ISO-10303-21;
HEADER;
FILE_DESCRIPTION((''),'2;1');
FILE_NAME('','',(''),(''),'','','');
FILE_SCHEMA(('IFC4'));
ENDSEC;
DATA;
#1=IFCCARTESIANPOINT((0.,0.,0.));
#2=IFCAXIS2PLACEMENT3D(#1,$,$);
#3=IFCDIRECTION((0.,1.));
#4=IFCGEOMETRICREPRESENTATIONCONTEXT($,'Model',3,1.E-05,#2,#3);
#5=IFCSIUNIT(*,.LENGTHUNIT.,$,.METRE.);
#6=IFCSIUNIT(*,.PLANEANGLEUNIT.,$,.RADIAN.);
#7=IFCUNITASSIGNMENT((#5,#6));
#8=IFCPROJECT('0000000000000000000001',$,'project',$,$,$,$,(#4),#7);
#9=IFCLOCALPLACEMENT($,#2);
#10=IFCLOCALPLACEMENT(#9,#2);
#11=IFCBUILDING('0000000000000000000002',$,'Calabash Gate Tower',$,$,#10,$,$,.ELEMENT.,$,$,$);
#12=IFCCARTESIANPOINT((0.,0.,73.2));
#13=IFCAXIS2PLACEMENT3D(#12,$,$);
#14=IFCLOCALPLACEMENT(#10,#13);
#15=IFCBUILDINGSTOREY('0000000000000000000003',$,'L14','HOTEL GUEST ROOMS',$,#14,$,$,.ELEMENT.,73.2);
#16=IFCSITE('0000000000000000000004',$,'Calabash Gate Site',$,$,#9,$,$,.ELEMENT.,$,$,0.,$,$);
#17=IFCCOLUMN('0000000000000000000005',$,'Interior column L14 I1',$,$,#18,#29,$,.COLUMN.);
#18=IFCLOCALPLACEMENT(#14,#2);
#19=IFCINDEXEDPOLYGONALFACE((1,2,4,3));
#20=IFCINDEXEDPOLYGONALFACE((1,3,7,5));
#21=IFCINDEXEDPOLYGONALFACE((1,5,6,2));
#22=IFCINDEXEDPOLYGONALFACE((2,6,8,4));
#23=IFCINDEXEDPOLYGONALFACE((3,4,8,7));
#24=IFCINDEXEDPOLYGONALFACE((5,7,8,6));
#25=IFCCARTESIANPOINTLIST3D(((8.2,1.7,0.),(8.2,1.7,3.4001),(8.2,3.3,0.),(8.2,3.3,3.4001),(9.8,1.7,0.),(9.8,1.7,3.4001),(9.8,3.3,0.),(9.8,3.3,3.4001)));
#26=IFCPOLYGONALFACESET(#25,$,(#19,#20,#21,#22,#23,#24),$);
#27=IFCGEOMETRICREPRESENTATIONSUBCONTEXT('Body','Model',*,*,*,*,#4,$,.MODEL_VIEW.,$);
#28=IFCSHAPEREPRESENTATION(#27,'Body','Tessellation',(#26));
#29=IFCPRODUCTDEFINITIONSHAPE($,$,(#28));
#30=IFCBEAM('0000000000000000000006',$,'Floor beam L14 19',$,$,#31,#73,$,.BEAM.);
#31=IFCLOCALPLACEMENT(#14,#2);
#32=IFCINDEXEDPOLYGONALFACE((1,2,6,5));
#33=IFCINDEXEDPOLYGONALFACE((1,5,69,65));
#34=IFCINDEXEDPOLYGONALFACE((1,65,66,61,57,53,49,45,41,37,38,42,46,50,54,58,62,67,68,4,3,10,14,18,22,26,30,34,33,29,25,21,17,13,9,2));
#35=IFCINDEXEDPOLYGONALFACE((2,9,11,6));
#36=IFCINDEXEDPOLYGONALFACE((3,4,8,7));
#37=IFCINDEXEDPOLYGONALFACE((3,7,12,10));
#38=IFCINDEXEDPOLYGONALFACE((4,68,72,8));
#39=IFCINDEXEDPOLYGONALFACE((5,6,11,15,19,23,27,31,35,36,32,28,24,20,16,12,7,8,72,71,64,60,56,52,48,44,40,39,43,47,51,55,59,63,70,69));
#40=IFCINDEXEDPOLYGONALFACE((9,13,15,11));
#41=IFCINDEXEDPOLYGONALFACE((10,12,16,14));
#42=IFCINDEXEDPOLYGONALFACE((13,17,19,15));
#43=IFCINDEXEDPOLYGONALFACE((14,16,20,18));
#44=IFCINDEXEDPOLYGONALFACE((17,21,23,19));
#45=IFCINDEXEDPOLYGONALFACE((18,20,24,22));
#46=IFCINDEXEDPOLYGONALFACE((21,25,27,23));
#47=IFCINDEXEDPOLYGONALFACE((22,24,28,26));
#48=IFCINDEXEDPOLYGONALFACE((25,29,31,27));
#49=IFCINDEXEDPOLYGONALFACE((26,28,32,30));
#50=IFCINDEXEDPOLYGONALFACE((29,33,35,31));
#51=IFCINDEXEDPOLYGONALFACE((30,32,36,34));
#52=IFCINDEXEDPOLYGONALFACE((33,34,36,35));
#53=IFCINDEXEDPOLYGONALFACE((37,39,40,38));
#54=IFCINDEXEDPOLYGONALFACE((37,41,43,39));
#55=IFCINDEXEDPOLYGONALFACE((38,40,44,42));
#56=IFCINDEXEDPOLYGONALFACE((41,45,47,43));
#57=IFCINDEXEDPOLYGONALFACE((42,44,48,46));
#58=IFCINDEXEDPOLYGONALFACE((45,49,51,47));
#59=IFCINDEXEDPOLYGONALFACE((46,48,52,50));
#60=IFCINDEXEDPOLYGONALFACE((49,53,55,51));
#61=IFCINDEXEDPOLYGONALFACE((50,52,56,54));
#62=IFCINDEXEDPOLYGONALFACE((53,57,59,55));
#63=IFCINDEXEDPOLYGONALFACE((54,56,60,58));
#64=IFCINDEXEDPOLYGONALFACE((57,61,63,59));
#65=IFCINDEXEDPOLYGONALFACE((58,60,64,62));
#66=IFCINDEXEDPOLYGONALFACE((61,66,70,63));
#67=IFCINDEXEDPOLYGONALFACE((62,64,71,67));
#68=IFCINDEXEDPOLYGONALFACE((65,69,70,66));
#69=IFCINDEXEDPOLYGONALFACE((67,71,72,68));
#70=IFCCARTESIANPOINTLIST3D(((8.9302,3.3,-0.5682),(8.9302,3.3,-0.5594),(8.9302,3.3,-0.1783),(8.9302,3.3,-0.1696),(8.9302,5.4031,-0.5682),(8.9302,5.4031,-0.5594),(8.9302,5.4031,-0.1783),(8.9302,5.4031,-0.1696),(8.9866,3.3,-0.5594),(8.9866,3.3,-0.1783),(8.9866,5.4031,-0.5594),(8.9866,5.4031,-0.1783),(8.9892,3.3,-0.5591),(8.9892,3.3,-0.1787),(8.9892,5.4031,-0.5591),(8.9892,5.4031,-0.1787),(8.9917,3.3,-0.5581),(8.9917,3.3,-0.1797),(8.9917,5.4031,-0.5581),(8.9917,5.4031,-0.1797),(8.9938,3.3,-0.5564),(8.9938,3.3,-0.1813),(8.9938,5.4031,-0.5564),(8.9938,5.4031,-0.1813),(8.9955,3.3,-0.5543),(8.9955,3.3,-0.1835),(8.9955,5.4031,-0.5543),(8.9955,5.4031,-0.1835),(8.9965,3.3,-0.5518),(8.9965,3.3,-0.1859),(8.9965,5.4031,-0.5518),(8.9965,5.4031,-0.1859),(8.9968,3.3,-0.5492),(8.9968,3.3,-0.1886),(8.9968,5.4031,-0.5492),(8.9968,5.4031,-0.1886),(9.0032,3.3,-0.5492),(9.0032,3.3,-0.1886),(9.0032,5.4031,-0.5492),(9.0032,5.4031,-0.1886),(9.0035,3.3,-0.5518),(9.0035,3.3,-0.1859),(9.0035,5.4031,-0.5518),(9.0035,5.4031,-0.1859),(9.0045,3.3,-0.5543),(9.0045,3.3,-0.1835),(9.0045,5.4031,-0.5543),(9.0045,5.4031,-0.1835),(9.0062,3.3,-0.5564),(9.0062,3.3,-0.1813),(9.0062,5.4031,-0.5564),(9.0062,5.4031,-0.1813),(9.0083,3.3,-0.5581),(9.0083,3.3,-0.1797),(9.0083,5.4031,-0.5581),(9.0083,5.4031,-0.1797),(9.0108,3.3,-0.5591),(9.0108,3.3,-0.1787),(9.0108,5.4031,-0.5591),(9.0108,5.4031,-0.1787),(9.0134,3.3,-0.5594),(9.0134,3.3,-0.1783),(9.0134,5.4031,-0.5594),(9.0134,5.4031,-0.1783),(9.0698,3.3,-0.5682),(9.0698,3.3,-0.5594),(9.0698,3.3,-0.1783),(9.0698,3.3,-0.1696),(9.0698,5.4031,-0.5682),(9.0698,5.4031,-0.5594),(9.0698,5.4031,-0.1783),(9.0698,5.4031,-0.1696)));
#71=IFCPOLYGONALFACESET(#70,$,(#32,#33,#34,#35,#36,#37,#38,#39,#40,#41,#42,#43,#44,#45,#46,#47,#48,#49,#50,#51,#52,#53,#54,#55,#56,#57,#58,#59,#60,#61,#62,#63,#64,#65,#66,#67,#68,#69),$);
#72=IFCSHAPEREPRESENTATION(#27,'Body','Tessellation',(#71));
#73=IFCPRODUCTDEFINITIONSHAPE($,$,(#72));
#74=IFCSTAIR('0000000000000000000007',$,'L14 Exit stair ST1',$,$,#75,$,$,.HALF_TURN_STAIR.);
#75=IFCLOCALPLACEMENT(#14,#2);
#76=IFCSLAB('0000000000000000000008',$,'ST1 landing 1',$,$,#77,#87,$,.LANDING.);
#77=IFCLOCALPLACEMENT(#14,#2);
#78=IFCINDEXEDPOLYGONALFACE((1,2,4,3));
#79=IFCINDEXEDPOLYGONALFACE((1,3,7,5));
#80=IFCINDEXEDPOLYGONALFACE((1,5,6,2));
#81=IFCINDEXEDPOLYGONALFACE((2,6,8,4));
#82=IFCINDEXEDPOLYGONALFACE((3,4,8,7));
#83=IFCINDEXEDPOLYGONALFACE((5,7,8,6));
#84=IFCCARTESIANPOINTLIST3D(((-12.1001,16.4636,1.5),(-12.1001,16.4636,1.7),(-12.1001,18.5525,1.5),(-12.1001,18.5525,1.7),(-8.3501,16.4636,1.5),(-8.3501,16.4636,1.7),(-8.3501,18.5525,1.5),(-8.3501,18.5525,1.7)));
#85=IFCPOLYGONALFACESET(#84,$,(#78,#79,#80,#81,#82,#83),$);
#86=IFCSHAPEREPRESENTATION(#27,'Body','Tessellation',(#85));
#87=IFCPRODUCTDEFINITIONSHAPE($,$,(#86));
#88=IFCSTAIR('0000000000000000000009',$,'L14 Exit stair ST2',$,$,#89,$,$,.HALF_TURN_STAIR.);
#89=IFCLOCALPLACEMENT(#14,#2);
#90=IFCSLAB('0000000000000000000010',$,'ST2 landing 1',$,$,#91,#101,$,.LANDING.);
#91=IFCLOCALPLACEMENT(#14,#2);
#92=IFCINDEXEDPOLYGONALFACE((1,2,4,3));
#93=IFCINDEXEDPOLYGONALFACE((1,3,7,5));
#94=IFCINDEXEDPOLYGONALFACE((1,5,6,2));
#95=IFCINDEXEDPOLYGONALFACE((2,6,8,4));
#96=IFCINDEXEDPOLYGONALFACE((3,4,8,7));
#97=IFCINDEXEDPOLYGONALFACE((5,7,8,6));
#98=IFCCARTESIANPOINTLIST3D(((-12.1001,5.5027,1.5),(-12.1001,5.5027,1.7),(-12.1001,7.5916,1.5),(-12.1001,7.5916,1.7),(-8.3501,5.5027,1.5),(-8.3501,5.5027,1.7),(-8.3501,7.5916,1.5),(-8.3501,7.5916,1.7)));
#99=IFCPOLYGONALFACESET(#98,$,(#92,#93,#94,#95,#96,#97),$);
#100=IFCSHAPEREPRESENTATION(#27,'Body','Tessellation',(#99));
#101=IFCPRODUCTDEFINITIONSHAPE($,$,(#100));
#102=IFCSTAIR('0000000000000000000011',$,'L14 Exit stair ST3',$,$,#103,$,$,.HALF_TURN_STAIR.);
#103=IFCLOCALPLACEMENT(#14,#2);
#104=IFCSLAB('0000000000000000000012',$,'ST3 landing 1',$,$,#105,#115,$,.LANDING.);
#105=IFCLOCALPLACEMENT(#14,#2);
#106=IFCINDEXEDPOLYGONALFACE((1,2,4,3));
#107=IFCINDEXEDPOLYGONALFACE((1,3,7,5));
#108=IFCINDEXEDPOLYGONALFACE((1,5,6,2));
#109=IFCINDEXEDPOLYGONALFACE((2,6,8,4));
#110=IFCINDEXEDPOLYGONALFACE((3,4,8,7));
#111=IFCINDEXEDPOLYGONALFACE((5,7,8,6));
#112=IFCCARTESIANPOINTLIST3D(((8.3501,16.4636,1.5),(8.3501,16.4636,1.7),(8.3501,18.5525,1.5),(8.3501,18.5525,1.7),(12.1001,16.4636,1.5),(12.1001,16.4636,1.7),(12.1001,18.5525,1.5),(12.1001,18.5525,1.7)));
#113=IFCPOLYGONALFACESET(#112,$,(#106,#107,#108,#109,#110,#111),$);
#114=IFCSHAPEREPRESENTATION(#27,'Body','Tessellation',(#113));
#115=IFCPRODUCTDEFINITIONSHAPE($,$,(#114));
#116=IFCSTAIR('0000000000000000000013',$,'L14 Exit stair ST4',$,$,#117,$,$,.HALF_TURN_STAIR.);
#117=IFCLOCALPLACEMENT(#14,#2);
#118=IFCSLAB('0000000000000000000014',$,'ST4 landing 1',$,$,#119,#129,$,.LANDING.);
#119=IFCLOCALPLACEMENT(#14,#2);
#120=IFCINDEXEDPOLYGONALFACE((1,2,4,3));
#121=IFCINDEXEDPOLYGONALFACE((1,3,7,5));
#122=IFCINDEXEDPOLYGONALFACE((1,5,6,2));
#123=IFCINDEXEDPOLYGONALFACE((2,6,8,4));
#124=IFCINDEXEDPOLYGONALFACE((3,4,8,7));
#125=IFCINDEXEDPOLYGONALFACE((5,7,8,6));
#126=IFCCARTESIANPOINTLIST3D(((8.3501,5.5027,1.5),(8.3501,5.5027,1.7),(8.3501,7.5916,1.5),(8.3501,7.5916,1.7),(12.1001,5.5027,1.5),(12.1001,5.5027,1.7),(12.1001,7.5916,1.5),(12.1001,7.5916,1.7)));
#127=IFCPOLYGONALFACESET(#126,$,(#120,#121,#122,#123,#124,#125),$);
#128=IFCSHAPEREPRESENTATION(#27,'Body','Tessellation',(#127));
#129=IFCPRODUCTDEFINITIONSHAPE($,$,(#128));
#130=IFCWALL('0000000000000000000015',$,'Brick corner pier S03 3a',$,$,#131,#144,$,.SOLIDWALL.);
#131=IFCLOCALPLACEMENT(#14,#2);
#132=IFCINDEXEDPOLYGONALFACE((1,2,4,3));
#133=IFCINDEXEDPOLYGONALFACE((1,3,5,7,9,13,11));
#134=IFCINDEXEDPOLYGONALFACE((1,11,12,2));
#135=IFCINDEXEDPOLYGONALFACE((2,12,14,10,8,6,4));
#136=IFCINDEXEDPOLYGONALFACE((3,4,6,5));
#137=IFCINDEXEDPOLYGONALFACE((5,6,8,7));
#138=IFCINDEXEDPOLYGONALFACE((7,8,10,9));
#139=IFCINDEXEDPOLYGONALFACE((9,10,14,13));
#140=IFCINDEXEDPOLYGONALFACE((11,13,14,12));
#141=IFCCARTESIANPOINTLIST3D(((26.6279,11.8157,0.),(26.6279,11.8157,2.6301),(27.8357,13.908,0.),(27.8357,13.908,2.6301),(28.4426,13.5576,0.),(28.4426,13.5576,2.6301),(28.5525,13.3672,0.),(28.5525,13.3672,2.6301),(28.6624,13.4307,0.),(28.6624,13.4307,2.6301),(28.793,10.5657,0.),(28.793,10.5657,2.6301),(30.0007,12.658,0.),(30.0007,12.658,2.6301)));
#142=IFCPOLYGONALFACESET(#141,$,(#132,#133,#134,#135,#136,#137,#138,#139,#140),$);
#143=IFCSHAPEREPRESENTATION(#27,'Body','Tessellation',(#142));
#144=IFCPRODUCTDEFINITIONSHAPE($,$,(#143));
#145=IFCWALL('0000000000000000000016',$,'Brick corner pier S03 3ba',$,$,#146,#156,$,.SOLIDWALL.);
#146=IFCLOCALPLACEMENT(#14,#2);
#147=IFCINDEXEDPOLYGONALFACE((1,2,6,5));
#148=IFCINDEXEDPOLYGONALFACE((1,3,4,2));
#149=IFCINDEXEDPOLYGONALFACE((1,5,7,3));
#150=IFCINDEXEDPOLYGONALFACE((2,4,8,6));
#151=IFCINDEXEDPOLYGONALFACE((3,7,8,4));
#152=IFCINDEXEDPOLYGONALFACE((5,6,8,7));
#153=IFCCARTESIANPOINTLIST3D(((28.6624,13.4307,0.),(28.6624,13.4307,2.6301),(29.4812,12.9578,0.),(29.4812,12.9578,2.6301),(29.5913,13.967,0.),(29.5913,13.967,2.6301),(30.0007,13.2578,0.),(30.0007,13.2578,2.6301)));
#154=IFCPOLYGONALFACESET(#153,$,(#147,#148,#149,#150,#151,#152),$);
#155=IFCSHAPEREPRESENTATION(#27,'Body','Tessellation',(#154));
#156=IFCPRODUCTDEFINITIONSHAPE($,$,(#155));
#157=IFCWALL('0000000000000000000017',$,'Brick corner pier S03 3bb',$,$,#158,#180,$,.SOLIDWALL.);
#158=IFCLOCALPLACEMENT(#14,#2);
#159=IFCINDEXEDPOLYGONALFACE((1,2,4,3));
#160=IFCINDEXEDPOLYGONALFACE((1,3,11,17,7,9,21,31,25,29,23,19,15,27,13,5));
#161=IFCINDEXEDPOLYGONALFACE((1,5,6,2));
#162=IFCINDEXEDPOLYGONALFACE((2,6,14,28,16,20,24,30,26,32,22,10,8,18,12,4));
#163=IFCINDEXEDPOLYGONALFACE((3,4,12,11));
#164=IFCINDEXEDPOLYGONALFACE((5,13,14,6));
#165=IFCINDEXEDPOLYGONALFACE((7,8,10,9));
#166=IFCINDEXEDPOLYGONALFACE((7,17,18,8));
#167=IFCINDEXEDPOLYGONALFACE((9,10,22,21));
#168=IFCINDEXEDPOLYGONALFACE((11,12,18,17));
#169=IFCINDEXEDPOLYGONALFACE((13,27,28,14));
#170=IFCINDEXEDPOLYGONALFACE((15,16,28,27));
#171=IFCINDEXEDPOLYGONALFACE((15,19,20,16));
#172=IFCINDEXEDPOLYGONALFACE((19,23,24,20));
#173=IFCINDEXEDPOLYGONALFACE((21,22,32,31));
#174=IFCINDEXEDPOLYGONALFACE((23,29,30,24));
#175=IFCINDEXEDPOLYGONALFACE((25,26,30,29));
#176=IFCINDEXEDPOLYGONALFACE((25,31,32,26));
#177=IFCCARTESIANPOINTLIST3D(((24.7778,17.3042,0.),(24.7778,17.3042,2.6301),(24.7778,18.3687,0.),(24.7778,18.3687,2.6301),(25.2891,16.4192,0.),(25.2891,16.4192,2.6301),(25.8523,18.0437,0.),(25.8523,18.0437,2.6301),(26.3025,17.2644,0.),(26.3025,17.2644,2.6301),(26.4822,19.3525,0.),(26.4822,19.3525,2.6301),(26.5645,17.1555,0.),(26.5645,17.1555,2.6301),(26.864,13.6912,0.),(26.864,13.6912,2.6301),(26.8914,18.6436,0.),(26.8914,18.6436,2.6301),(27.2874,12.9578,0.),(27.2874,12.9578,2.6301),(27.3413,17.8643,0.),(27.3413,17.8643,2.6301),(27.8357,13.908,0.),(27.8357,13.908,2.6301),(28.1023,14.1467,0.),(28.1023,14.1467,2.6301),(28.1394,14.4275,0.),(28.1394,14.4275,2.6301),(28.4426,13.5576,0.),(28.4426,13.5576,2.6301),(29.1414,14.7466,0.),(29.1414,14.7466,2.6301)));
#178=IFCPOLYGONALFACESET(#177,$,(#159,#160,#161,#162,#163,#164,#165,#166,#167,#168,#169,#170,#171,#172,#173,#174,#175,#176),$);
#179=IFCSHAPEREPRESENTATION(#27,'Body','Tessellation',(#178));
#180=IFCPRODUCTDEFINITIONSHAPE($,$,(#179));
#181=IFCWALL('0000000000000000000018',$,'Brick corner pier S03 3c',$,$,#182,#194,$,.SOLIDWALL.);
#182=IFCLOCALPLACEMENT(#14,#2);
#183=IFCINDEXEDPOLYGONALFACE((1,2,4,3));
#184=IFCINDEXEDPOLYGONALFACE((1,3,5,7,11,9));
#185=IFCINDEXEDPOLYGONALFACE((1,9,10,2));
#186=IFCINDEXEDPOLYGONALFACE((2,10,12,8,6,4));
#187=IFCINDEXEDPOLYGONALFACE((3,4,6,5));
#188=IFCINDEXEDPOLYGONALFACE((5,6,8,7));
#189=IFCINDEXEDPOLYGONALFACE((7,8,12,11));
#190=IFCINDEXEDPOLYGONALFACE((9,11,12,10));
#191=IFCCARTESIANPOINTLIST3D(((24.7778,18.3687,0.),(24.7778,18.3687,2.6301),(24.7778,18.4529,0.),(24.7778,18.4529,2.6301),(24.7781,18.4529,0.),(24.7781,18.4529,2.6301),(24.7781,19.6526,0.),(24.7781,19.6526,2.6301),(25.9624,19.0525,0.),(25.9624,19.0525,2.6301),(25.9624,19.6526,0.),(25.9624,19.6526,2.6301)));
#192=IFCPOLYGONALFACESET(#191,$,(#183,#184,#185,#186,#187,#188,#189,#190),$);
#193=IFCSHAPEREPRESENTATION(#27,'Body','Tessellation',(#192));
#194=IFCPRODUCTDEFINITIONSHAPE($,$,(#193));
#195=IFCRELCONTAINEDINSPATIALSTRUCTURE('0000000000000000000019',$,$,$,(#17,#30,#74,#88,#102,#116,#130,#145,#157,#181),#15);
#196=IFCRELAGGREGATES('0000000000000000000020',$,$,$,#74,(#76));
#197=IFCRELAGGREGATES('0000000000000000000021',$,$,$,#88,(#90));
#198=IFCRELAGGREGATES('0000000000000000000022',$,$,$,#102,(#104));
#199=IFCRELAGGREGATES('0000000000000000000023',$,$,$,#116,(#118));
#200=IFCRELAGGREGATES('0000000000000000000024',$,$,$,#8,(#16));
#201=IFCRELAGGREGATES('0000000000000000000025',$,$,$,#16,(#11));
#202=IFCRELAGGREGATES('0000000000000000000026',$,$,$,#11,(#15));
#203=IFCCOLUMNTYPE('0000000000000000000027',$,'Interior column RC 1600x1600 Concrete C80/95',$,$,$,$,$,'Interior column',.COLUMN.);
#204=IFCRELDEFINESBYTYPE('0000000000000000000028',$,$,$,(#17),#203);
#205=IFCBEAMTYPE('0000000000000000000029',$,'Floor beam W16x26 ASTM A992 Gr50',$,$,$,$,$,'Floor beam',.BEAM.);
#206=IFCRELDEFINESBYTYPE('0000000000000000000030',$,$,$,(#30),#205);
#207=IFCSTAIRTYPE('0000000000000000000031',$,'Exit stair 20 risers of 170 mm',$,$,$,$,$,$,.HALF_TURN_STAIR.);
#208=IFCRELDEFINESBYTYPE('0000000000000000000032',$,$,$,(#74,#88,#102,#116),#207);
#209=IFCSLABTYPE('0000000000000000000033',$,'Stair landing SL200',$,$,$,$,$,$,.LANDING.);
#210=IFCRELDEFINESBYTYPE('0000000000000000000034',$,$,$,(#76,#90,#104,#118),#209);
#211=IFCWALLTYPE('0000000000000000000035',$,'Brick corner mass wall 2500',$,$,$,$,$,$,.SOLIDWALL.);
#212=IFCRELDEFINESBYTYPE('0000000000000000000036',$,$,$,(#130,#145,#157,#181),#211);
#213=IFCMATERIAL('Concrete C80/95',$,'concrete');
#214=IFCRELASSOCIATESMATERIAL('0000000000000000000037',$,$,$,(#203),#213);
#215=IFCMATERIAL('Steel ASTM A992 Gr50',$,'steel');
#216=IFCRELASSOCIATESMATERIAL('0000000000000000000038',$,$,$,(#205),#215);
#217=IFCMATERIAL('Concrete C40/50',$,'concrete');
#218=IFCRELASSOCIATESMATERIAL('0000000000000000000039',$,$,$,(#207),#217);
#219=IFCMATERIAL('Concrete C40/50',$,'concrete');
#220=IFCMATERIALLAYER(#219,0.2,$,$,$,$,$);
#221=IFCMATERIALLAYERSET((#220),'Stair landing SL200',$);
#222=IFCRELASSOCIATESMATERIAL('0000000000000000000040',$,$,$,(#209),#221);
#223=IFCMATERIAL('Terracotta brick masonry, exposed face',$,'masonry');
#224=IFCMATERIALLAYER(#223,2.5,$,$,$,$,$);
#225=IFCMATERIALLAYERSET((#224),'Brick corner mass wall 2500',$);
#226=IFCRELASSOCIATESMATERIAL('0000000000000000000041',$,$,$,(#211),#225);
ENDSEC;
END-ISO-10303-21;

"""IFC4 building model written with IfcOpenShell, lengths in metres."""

from ifc_helpers import new_model, si_unit, direction, frame, origin, origin_2d, place, context, subcontext, project, spatial, polyline, rectangle, i_section, outline, extrude, material, layer, layer_set, material_profile, profile_set, type_object, element, aggregate, save


model = new_model("IFC4")

# Units and contexts
model_context = context("Model", 3, precision=1e-05, world=origin(), true_north=direction((0.0, 1.0)))
body_context = subcontext(model_context, "Body", "Model", "MODEL_VIEW")
ifc_project = project(units=[si_unit("LENGTHUNIT", "METRE"), si_unit("PLANEANGLEUNIT", "RADIAN")], contexts=[model_context])

# Site, building, storey
site_placement = place(None, origin())
site = spatial("IfcSite", under=ifc_project, at=site_placement, Name="Calabash Gate Site", CompositionType="ELEMENT", RefElevation=0.0)
building_placement = place(site_placement, origin())
building = spatial("IfcBuilding", under=site, at=building_placement, Name="Calabash Gate Tower", CompositionType="ELEMENT")
storey_placement = place(building_placement, frame((0.0, 0.0, 73.2)))
storey = spatial("IfcBuildingStorey", under=building, at=storey_placement, Name="L14", Description="HOTEL GUEST ROOMS", CompositionType="ELEMENT", Elevation=73.2)

# Column
ifc_material_1 = material(Name="Concrete C80/95", Category="concrete")
ifc_material_profile_1 = material_profile(ifc_material_1, rectangle(XDim=1.6001, YDim=1.6001, at=origin_2d()))
ifc_profile_set_1 = profile_set([ifc_material_profile_1], Name="Concrete C80/95")
column_type = type_object("IfcColumnType", Name="Interior column RC 1600x1600 Concrete C80/95", ElementType="Interior column", PredefinedType="COLUMN", material=ifc_profile_set_1)
column_placement = place(storey_placement, frame((9.0, 2.5, 0.0), z_axis=(0.0, 0.0, 1.0), x_axis=(1.0, 0.0, 0.0)))
element("IfcColumn", 1, at=column_placement, inside=storey, type_object=column_type, Name="Interior column L14 I1", PredefinedType="COLUMN", context=body_context, shape_type="SweptSolid", body=[
    extrude(rectangle(XDim=1.6001, YDim=1.6001, at=origin_2d()), origin(), (0.0, 0.0, 1.0), 3.4001),
])

# Beam
ifc_material_2 = material(Name="Steel ASTM A992 Gr50", Category="steel")
ifc_material_profile_2 = material_profile(ifc_material_2, i_section(OverallWidth=0.1396, OverallDepth=0.3987, WebThickness=0.0063, FlangeThickness=0.0088, FilletRadius=0.0103, at=origin_2d()))
ifc_profile_set_2 = profile_set([ifc_material_profile_2], Name="Steel ASTM A992 Gr50")
beam_type = type_object("IfcBeamType", Name="Floor beam W16x26 ASTM A992 Gr50", ElementType="Floor beam", PredefinedType="BEAM", material=ifc_profile_set_2)
beam_placement = place(storey_placement, frame((9.0, 3.3, -0.3689), z_axis=(0.0, 1.0, 0.0), x_axis=(-1.0, 0.0, 0.0)))
element("IfcBeam", 2, at=beam_placement, inside=storey, type_object=beam_type, Name="Floor beam L14 19", PredefinedType="BEAM", context=body_context, shape_type="SweptSolid", body=[
    extrude(i_section(OverallWidth=0.1396, OverallDepth=0.3987, WebThickness=0.0063, FlangeThickness=0.0088, FilletRadius=0.0103, at=origin_2d()), origin(), (0.0, 0.0, 1.0), 2.103),
])

# Stairs, slabs
ifc_material_3 = material(Name="Concrete C40/50", Category="concrete")
stair_type = type_object("IfcStairType", Name="Exit stair 20 risers of 170 mm", PredefinedType="HALF_TURN_STAIR", material=ifc_material_3)
stair_1_placement = place(storey_placement, origin())
stair_1 = element("IfcStair", 3, at=stair_1_placement, inside=storey, type_object=stair_type, Name="L14 Exit stair ST1", PredefinedType="HALF_TURN_STAIR")
ifc_material_4 = material(Name="Concrete C40/50", Category="concrete")
ifc_layer_1 = layer(ifc_material_4, 0.2)
ifc_layer_set_1 = layer_set([ifc_layer_1], Name="Stair landing SL200")
slab_type = type_object("IfcSlabType", Name="Stair landing SL200", PredefinedType="LANDING", material=ifc_layer_set_1)
slab_1_placement = place(storey_placement, frame((0.0, 0.0, 1.5)))
slab_1 = element("IfcSlab", 4, at=slab_1_placement, type_object=slab_type, Name="ST1 landing 1", PredefinedType="LANDING", context=body_context, shape_type="SweptSolid", body=[
    extrude(outline(polyline([(-8.3501, 16.4636), (-8.3501, 18.5525), (-12.1001, 18.5525), (-12.1001, 16.4636), (-8.3501, 16.4636)])), origin(), (0.0, 0.0, 1.0), 0.2),
])
aggregate(stair_1, [slab_1])
stair_2_placement = place(storey_placement, origin())
stair_2 = element("IfcStair", 5, at=stair_2_placement, inside=storey, type_object=stair_type, Name="L14 Exit stair ST2", PredefinedType="HALF_TURN_STAIR")
slab_2_placement = place(storey_placement, frame((0.0, 0.0, 1.5)))
slab_2 = element("IfcSlab", 6, at=slab_2_placement, type_object=slab_type, Name="ST2 landing 1", PredefinedType="LANDING", context=body_context, shape_type="SweptSolid", body=[
    extrude(outline(polyline([(-12.1001, 7.5916), (-12.1001, 5.5027), (-8.3501, 5.5027), (-8.3501, 7.5916), (-12.1001, 7.5916)])), origin(), (0.0, 0.0, 1.0), 0.2),
])
aggregate(stair_2, [slab_2])
stair_3_placement = place(storey_placement, origin())
stair_3 = element("IfcStair", 7, at=stair_3_placement, inside=storey, type_object=stair_type, Name="L14 Exit stair ST3", PredefinedType="HALF_TURN_STAIR")
slab_3_placement = place(storey_placement, frame((0.0, 0.0, 1.5)))
slab_3 = element("IfcSlab", 8, at=slab_3_placement, type_object=slab_type, Name="ST3 landing 1", PredefinedType="LANDING", context=body_context, shape_type="SweptSolid", body=[
    extrude(outline(polyline([(12.1001, 16.4636), (12.1001, 18.5525), (8.3501, 18.5525), (8.3501, 16.4636), (12.1001, 16.4636)])), origin(), (0.0, 0.0, 1.0), 0.2),
])
aggregate(stair_3, [slab_3])
stair_4_placement = place(storey_placement, origin())
stair_4 = element("IfcStair", 9, at=stair_4_placement, inside=storey, type_object=stair_type, Name="L14 Exit stair ST4", PredefinedType="HALF_TURN_STAIR")
slab_4_placement = place(storey_placement, frame((0.0, 0.0, 1.5)))
slab_4 = element("IfcSlab", 10, at=slab_4_placement, type_object=slab_type, Name="ST4 landing 1", PredefinedType="LANDING", context=body_context, shape_type="SweptSolid", body=[
    extrude(outline(polyline([(8.3501, 7.5916), (8.3501, 5.5027), (12.1001, 5.5027), (12.1001, 7.5916), (8.3501, 7.5916)])), origin(), (0.0, 0.0, 1.0), 0.2),
])
aggregate(stair_4, [slab_4])

# Walls
ifc_material_5 = material(Name="Terracotta brick masonry, exposed face", Category="masonry")
ifc_layer_2 = layer(ifc_material_5, 2.5)
ifc_layer_set_2 = layer_set([ifc_layer_2], Name="Brick corner mass wall 2500")
wall_type_1 = type_object("IfcWallType", Name="Brick corner mass wall 2500", PredefinedType="SOLIDWALL", material=ifc_layer_set_2)
wall_1_placement = place(storey_placement, origin())
element("IfcWall", 11, at=wall_1_placement, inside=storey, type_object=wall_type_1, Name="Brick corner pier S03 3a", PredefinedType="SOLIDWALL", context=body_context, shape_type="SweptSolid", body=[
    extrude(outline(polyline([(30.0007, 12.658), (28.6624, 13.4307), (28.5525, 13.3672), (28.4426, 13.5576), (27.8357, 13.908), (26.6279, 11.8157), (28.793, 10.5657), (30.0007, 12.658)])), origin(), (0.0, 0.0, 1.0), 2.6301),
])
wall_2_placement = place(storey_placement, origin())
element("IfcWall", 12, at=wall_2_placement, inside=storey, type_object=wall_type_1, Name="Brick corner pier S03 3ba", PredefinedType="SOLIDWALL", context=body_context, shape_type="SweptSolid", body=[
    extrude(outline(polyline([(29.4812, 12.9578), (30.0007, 13.2578), (29.5913, 13.967), (28.6624, 13.4307), (29.4812, 12.9578)])), origin(), (0.0, 0.0, 1.0), 2.6301),
])
wall_3_placement = place(storey_placement, origin())
element("IfcWall", 13, at=wall_3_placement, inside=storey, type_object=wall_type_1, Name="Brick corner pier S03 3bb", PredefinedType="SOLIDWALL", context=body_context, shape_type="SweptSolid", body=[
    extrude(outline(polyline([(25.8523, 18.0437), (26.8914, 18.6436), (26.4822, 19.3525), (24.7778, 18.3687), (24.7778, 17.3042), (25.2891, 16.4192), (26.5645, 17.1555), (28.1394, 14.4275), (26.864, 13.6912), (27.2874, 12.9578), (27.8357, 13.908), (28.4426, 13.5576), (28.1023, 14.1467), (29.1414, 14.7466), (27.3413, 17.8643), (26.3025, 17.2644), (25.8523, 18.0437)])), origin(), (0.0, 0.0, 1.0), 2.6301),
])
wall_4_placement = place(storey_placement, origin())
element("IfcWall", 14, at=wall_4_placement, inside=storey, type_object=wall_type_1, Name="Brick corner pier S03 3c", PredefinedType="SOLIDWALL", context=body_context, shape_type="SweptSolid", body=[
    extrude(outline(polyline([(24.7778, 18.4529), (24.7778, 18.3687), (25.9624, 19.0525), (25.9624, 19.6526), (24.7781, 19.6526), (24.7781, 18.4529), (24.7778, 18.4529)])), origin(), (0.0, 0.0, 1.0), 2.6301),
])

save(model, "model.ifc")
